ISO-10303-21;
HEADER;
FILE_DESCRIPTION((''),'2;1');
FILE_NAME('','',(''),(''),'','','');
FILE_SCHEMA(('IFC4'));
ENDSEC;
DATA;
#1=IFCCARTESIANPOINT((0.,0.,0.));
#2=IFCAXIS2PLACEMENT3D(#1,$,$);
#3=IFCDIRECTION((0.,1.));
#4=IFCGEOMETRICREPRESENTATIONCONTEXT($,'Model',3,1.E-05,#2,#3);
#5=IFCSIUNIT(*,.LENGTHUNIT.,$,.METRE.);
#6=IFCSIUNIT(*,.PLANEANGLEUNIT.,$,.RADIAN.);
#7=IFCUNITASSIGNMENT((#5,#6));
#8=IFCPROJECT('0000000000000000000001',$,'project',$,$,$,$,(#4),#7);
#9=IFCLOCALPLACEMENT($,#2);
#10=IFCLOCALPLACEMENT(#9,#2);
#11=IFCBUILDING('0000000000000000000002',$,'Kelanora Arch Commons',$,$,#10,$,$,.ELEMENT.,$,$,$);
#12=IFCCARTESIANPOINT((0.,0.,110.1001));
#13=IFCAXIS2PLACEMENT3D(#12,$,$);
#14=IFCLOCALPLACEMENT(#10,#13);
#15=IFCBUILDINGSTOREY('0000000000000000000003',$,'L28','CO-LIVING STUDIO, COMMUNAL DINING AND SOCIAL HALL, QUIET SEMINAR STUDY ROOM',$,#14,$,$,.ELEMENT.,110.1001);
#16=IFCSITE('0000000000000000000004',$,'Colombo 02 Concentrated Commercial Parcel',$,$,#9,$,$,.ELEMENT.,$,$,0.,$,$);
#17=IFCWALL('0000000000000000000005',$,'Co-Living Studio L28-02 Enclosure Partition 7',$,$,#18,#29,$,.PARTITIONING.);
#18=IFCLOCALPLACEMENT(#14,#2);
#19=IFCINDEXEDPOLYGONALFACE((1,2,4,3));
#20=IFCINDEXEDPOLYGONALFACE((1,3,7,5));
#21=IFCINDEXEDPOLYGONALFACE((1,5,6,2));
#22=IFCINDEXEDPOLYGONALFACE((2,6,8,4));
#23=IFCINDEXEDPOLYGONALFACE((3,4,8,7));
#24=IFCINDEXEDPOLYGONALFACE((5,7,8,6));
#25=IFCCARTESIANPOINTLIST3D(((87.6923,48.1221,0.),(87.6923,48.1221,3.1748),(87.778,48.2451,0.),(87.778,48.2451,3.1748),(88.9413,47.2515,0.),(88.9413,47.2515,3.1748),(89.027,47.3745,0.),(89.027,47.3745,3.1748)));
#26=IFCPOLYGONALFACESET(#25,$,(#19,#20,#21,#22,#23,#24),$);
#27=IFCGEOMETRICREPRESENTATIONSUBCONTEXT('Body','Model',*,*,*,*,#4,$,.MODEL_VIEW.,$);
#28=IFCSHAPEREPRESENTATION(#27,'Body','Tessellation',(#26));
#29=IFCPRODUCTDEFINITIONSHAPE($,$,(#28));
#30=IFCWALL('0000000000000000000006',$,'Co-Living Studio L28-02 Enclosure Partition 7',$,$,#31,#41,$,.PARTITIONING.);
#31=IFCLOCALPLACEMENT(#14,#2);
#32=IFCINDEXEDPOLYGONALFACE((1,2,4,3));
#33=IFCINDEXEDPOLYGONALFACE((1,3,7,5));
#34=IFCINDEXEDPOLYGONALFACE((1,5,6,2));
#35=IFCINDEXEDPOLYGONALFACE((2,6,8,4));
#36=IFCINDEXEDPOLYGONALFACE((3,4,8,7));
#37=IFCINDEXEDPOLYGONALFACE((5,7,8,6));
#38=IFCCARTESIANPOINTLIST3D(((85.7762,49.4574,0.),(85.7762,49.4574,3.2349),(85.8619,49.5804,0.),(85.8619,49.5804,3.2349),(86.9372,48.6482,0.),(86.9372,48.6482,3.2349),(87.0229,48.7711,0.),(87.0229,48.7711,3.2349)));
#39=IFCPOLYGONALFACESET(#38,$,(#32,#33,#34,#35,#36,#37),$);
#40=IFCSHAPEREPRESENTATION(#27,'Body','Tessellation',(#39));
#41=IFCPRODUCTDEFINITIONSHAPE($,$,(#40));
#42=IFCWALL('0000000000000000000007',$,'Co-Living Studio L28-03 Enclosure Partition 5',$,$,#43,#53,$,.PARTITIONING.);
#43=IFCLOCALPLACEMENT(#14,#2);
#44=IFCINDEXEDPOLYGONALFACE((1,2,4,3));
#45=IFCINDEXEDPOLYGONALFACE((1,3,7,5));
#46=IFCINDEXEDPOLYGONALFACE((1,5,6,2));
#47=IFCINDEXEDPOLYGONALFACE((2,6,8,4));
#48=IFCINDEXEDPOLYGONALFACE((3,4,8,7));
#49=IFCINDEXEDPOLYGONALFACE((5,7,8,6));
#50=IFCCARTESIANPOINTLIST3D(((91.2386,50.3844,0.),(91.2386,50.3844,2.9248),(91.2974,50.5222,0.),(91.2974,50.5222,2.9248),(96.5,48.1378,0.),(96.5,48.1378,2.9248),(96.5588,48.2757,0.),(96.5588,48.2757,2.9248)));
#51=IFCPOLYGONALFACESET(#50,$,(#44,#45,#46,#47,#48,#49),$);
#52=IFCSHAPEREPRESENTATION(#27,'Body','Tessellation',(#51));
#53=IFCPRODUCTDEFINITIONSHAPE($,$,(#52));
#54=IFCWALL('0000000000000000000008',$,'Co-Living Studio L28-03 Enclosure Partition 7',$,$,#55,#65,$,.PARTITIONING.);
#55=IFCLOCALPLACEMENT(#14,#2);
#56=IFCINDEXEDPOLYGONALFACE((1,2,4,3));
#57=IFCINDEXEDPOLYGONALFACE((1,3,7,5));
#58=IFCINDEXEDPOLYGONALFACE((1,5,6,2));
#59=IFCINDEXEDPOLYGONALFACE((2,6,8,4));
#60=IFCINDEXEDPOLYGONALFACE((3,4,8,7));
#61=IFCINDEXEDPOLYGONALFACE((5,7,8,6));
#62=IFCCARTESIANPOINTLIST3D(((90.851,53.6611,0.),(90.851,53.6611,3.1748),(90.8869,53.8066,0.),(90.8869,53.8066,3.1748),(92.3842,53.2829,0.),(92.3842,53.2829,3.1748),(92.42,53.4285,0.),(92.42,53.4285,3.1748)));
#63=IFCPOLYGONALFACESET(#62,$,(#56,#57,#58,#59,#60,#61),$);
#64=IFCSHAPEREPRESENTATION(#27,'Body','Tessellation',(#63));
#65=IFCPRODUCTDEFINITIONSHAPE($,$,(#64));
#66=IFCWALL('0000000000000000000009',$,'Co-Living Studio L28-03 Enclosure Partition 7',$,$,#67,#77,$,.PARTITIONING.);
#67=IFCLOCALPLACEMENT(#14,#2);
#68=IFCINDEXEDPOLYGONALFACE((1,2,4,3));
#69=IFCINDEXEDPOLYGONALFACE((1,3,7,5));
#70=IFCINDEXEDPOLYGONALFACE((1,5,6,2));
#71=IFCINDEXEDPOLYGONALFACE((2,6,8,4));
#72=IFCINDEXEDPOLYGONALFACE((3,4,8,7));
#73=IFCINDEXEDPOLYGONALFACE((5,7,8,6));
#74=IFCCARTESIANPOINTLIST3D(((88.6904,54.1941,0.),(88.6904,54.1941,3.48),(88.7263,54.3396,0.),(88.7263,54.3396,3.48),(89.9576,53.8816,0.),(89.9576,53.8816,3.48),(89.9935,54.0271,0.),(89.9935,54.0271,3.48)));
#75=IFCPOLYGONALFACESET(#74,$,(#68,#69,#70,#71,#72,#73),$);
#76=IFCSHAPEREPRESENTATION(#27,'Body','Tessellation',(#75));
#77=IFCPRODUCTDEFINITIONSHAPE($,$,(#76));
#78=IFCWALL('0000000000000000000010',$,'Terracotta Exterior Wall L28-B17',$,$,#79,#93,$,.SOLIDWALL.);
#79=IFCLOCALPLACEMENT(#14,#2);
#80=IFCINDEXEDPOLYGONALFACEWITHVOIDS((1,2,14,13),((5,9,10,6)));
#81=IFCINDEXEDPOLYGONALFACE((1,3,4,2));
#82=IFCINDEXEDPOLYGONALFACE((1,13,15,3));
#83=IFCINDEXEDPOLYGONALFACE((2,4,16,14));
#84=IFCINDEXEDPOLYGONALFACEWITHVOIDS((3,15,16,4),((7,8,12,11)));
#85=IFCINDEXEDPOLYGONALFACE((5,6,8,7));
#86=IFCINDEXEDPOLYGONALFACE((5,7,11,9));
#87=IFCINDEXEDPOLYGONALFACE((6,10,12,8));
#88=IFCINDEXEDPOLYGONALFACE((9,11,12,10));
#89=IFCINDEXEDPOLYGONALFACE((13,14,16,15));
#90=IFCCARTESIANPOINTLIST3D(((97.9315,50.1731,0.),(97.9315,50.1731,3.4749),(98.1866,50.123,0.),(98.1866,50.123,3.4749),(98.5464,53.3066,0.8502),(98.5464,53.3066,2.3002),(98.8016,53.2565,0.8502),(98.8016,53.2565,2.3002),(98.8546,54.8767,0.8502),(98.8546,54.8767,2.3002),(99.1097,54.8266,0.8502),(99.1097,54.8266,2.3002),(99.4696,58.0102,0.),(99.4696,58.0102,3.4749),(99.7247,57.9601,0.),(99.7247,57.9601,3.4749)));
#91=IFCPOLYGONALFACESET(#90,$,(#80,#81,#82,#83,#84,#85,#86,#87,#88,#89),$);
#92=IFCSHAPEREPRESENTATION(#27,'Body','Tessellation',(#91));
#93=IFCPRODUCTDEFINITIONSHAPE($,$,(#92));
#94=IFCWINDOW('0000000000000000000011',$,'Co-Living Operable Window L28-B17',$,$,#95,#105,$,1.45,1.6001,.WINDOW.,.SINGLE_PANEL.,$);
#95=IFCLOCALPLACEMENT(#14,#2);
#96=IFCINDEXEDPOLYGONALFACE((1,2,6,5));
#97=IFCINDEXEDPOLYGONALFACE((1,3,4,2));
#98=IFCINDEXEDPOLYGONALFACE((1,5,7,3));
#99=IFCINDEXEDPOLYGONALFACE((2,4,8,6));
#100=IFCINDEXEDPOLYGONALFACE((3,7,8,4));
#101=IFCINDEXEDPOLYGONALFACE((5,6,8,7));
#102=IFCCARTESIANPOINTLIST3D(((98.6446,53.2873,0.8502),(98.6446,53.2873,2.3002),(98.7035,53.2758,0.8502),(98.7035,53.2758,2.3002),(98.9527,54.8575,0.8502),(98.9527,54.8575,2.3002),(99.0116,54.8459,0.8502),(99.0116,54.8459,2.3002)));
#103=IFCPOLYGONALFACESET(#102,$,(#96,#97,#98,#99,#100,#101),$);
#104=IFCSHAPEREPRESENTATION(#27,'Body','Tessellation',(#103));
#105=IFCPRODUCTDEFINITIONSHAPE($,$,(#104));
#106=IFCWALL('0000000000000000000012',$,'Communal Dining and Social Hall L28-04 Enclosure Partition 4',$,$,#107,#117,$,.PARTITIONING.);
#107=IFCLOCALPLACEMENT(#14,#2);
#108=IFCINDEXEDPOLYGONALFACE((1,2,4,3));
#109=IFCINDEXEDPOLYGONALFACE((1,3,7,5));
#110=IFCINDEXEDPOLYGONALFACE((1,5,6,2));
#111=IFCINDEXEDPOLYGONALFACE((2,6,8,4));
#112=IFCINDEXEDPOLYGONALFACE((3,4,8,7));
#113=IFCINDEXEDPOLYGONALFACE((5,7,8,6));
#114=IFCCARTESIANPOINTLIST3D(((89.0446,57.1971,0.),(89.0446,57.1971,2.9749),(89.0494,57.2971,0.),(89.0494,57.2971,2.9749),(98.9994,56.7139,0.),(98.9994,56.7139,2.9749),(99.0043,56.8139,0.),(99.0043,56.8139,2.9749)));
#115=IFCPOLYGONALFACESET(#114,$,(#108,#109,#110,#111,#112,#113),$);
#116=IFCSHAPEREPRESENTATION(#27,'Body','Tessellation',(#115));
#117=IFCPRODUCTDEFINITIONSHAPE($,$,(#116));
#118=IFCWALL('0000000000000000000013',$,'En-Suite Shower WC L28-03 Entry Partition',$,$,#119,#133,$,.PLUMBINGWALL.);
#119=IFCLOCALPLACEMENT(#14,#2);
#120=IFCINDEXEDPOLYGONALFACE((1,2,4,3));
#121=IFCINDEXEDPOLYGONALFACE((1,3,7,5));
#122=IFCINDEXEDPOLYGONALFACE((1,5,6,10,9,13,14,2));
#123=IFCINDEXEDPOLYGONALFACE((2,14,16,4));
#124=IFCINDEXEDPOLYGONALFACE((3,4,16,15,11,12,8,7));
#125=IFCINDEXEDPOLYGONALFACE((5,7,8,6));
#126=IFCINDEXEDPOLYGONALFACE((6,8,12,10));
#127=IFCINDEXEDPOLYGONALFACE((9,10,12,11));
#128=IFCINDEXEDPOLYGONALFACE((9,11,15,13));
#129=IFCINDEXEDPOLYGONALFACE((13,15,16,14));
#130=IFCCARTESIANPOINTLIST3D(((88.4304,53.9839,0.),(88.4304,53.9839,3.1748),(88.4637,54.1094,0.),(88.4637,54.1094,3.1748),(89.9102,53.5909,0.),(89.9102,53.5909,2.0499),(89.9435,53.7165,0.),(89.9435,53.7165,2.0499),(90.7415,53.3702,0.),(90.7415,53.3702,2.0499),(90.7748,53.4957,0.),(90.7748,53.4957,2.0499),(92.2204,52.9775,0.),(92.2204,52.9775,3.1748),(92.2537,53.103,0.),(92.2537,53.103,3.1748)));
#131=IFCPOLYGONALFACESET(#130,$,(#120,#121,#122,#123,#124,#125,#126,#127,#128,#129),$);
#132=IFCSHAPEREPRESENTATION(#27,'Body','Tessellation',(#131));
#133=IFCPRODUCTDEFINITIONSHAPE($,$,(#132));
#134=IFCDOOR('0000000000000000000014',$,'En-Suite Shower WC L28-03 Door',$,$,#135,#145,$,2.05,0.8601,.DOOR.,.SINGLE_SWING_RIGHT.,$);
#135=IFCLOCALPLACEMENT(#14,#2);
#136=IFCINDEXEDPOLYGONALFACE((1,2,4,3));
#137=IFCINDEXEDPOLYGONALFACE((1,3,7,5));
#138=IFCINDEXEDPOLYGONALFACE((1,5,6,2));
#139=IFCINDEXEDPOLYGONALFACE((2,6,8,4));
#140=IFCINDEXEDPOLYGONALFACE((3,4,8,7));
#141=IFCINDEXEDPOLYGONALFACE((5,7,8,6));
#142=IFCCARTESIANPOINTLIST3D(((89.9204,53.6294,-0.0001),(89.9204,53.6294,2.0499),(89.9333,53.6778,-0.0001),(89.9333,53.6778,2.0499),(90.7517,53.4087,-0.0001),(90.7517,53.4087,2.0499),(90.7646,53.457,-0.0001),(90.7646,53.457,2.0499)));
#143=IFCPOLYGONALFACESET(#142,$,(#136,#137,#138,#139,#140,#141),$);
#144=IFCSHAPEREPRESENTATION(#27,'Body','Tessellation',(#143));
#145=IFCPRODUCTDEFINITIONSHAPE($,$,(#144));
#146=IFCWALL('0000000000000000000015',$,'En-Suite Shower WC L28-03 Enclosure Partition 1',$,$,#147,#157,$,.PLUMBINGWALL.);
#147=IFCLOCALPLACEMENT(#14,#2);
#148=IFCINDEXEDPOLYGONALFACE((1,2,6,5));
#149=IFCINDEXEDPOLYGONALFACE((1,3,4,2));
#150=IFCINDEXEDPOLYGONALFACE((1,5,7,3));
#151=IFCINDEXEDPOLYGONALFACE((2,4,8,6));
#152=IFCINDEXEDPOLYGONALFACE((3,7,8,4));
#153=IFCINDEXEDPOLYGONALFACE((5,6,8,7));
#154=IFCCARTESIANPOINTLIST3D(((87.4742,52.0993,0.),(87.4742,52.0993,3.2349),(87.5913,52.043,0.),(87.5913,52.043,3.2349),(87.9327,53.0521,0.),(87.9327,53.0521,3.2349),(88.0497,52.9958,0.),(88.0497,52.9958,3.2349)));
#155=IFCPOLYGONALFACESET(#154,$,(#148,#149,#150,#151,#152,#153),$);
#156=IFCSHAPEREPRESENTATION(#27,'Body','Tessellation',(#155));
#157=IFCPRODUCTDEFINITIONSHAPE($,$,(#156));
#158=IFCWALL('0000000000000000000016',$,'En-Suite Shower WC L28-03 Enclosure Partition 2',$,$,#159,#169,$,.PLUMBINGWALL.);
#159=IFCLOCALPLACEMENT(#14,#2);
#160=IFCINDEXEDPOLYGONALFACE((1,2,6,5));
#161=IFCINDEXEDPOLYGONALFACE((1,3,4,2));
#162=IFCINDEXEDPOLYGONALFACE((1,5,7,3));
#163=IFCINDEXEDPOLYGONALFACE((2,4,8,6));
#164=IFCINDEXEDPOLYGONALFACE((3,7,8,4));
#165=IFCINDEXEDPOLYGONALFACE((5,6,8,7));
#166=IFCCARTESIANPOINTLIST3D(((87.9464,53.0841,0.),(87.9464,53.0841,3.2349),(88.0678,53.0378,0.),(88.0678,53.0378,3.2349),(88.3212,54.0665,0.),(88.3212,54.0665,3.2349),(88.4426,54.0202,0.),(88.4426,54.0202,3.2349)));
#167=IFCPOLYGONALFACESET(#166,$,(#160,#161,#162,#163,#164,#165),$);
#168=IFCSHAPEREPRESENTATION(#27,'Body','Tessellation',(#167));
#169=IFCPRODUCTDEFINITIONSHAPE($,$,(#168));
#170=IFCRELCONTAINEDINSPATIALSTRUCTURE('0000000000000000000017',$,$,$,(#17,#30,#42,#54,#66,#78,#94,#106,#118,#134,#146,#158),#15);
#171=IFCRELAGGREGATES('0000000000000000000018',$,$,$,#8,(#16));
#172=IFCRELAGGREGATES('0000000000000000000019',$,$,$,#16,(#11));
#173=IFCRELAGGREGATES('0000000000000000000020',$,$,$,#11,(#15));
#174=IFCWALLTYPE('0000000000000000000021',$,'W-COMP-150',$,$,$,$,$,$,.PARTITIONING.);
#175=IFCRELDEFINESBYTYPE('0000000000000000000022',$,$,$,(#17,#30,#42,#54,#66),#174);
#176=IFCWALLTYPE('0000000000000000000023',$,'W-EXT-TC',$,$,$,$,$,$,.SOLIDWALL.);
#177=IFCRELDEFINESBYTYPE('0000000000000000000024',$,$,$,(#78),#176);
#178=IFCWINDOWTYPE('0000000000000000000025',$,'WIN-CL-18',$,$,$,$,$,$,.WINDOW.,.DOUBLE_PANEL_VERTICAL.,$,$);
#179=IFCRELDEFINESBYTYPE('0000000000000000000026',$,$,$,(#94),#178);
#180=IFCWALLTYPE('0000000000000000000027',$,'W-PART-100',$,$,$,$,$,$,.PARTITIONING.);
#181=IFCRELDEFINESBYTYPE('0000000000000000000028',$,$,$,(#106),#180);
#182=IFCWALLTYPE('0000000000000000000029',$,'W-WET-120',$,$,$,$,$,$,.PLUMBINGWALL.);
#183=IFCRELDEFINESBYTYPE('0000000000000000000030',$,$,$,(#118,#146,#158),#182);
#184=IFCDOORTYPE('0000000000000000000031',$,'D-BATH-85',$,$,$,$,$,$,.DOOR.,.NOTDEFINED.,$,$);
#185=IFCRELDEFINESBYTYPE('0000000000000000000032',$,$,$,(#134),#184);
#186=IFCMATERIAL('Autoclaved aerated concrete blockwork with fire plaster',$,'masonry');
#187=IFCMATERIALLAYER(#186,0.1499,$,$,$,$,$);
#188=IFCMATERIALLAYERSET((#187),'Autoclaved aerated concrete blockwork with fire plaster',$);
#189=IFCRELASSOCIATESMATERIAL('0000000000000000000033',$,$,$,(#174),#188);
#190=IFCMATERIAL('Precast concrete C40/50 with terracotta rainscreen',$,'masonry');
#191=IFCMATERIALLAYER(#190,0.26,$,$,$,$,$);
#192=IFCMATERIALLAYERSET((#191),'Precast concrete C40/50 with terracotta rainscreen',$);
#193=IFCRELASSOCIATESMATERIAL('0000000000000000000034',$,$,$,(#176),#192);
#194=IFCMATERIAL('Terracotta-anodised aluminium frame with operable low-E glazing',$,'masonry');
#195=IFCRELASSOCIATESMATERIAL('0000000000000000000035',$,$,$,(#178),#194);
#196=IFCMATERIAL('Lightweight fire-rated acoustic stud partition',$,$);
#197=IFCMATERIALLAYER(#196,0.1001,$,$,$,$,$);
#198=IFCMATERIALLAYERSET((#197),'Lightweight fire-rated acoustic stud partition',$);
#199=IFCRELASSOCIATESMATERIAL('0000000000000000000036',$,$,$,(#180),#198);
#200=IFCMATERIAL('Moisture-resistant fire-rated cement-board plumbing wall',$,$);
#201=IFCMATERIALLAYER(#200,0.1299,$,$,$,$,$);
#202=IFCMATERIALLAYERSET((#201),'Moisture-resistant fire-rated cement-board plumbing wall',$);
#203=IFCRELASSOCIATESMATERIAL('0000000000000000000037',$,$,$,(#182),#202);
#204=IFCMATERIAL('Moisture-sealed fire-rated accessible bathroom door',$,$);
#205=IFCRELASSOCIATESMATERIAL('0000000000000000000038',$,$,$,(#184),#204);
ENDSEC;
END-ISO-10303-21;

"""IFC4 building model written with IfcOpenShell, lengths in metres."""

from ifc_helpers import new_model, si_unit, direction, frame, frame_2d, origin, place, context, subcontext, project, spatial, rectangle, extrude, material, layer, layer_set, type_object, element, fill, save


model = new_model("IFC4")

# Units and contexts
model_context = context("Model", 3, precision=1e-05, world=origin(), true_north=direction((0.0, 1.0)))
body_context = subcontext(model_context, "Body", "Model", "MODEL_VIEW")
ifc_project = project(units=[si_unit("LENGTHUNIT", "METRE"), si_unit("PLANEANGLEUNIT", "RADIAN")], contexts=[model_context])

# Site, building, storey
site_placement = place(None, origin())
site = spatial("IfcSite", under=ifc_project, at=site_placement, Name="Colombo 02 Concentrated Commercial Parcel", CompositionType="ELEMENT", RefElevation=0.0)
building_placement = place(site_placement, origin())
building = spatial("IfcBuilding", under=site, at=building_placement, Name="Kelanora Arch Commons", CompositionType="ELEMENT")
storey_placement = place(building_placement, frame((0.0, 0.0, 110.1001)))
storey = spatial("IfcBuildingStorey", under=building, at=storey_placement, Name="L28", Description="CO-LIVING STUDIO, COMMUNAL DINING AND SOCIAL HALL, QUIET SEMINAR STUDY ROOM", CompositionType="ELEMENT", Elevation=110.1001)

# Shared definitions
ifc_material_1 = material(Name="Autoclaved aerated concrete blockwork with fire plaster", Category="masonry")
ifc_layer_1 = layer(ifc_material_1, 0.1499)
ifc_layer_set_1 = layer_set([ifc_layer_1], Name="Autoclaved aerated concrete blockwork with fire plaster")
wall_type_1 = type_object("IfcWallType", Name="W-COMP-150", PredefinedType="PARTITIONING", material=ifc_layer_set_1)

# Walls
wall_1_placement = place(storey_placement, frame((88.9841, 47.313, 0.0), z_axis=(0.0, 0.0, 1.0), x_axis=(-0.820375, 0.571825, 0.0)))
element("IfcWall", 1, at=wall_1_placement, inside=storey, type_object=wall_type_1, Name="Co-Living Studio L28-02 Enclosure Partition 7", PredefinedType="PARTITIONING", context=body_context, shape_type="SweptSolid", body=[
    extrude(rectangle(XDim=1.5225, YDim=0.1499, at=frame_2d((0.7612, 0.0))), origin(), (0.0, 0.0, 1.0), 3.1748),
])
wall_2_placement = place(storey_placement, frame((86.98, 48.7097, 0.0), z_axis=(0.0, 0.0, 1.0), x_axis=(-0.820381, 0.571817, 0.0)))
element("IfcWall", 2, at=wall_2_placement, inside=storey, type_object=wall_type_1, Name="Co-Living Studio L28-02 Enclosure Partition 7", PredefinedType="PARTITIONING", context=body_context, shape_type="SweptSolid", body=[
    extrude(rectangle(XDim=1.4153, YDim=0.1499, at=frame_2d((0.7075, 0.0))), origin(), (0.0, 0.0, 1.0), 3.2349),
])
wall_3_placement = place(storey_placement, frame((96.5293, 48.2068, 0.0), z_axis=(0.0, 0.0, 1.0), x_axis=(-0.919672, 0.392688, 0.0)))
element("IfcWall", 3, at=wall_3_placement, inside=storey, type_object=wall_type_1, Name="Co-Living Studio L28-03 Enclosure Partition 5", PredefinedType="PARTITIONING", context=body_context, shape_type="SweptSolid", body=[
    extrude(rectangle(XDim=5.7209, YDim=0.1499, at=frame_2d((2.8604, 0.0))), origin(), (0.0, 0.0, 1.0), 2.9248),
])
wall_4_placement = place(storey_placement, frame((92.4021, 53.3557, 0.0), z_axis=(0.0, 0.0, 1.0), x_axis=(-0.970902, 0.239479, 0.0)))
element("IfcWall", 4, at=wall_4_placement, inside=storey, type_object=wall_type_1, Name="Co-Living Studio L28-03 Enclosure Partition 7", PredefinedType="PARTITIONING", context=body_context, shape_type="SweptSolid", body=[
    extrude(rectangle(XDim=1.5791, YDim=0.1499, at=frame_2d((0.7896, 0.0))), origin(), (0.0, 0.0, 1.0), 3.1748),
])
wall_5_placement = place(storey_placement, frame((89.9756, 53.9543, 0.0), z_axis=(0.0, 0.0, 1.0), x_axis=(-0.970908, 0.239453, 0.0)))
element("IfcWall", 5, at=wall_5_placement, inside=storey, type_object=wall_type_1, Name="Co-Living Studio L28-03 Enclosure Partition 7", PredefinedType="PARTITIONING", context=body_context, shape_type="SweptSolid", body=[
    extrude(rectangle(XDim=1.3052, YDim=0.1499, at=frame_2d((0.6526, 0.0))), origin(), (0.0, 0.0, 1.0), 3.48),
])

# Wall, opening, window
ifc_material_2 = material(Name="Precast concrete C40/50 with terracotta rainscreen", Category="masonry")
ifc_layer_2 = layer(ifc_material_2, 0.26)
ifc_layer_set_2 = layer_set([ifc_layer_2], Name="Precast concrete C40/50 with terracotta rainscreen")
wall_type_2 = type_object("IfcWallType", Name="W-EXT-TC", PredefinedType="SOLIDWALL", material=ifc_layer_set_2)
wall_6_placement = place(storey_placement, frame((98.0591, 50.1482, 0.0), z_axis=(0.0, 0.0, 1.0), x_axis=(0.192582, 0.981281, 0.0)))
wall_6 = element("IfcWall", 6, at=wall_6_placement, inside=storey, type_object=wall_type_2, Name="Terracotta Exterior Wall L28-B17", PredefinedType="SOLIDWALL", context=body_context, shape_type="SweptSolid", body=[
    extrude(rectangle(XDim=7.9866, YDim=0.26, at=frame_2d((3.9932, 0.0))), origin(), (0.0, 0.0, 1.0), 3.4749),
])
opening_1_placement = place(wall_6_placement, frame((3.1931, 0.0, 0.8501)))
opening_1 = element("IfcOpeningElement", 7, at=opening_1_placement, cuts=wall_6, PredefinedType="OPENING", context=body_context, shape_type="SweptSolid", body=[
    extrude(rectangle(XDim=1.6001, YDim=1.45, at=frame_2d((0.8, 0.7251))), frame((0.0, 0.1401, 0.0), z_axis=(0.0, -1.0, 0.0), x_axis=(1.0, 0.0, 0.0)), (0.0, 0.0, 1.0), 0.28),
])
ifc_material_3 = material(Name="Terracotta-anodised aluminium frame with operable low-E glazing", Category="masonry")
window_type = type_object("IfcWindowType", Name="WIN-CL-18", PartitioningType="DOUBLE_PANEL_VERTICAL", PredefinedType="WINDOW", material=ifc_material_3)
window_placement = place(opening_1_placement, origin())
window = element("IfcWindow", 8, at=window_placement, inside=storey, type_object=window_type, Name="Co-Living Operable Window L28-B17", OverallHeight=1.45, OverallWidth=1.6001, PartitioningType="SINGLE_PANEL", PredefinedType="WINDOW", context=body_context, shape_type="SweptSolid", body=[
    extrude(rectangle(XDim=1.6001, YDim=1.45, at=frame_2d((0.8, 0.7251))), frame((0.0, 0.03, 0.0), z_axis=(0.0, -1.0, 0.0), x_axis=(1.0, 0.0, 0.0)), (0.0, 0.0, 1.0), 0.0601),
])
fill(opening_1, window)

# Wall
ifc_material_4 = material(Name="Lightweight fire-rated acoustic stud partition")
ifc_layer_3 = layer(ifc_material_4, 0.1001)
ifc_layer_set_3 = layer_set([ifc_layer_3], Name="Lightweight fire-rated acoustic stud partition")
wall_type_3 = type_object("IfcWallType", Name="W-PART-100", PredefinedType="PARTITIONING", material=ifc_layer_set_3)
wall_7_placement = place(storey_placement, frame((99.002, 56.7639, 0.0), z_axis=(0.0, 0.0, 1.0), x_axis=(-0.998824, 0.048478, 0.0)))
element("IfcWall", 9, at=wall_7_placement, inside=storey, type_object=wall_type_3, Name="Communal Dining and Social Hall L28-04 Enclosure Partition 4", PredefinedType="PARTITIONING", context=body_context, shape_type="SweptSolid", body=[
    extrude(rectangle(XDim=9.9666, YDim=0.1001, at=frame_2d((4.9834, 0.0))), origin(), (0.0, 0.0, 1.0), 2.9749),
])

# Wall, opening, door
ifc_material_5 = material(Name="Moisture-resistant fire-rated cement-board plumbing wall")
ifc_layer_4 = layer(ifc_material_5, 0.1299)
ifc_layer_set_4 = layer_set([ifc_layer_4], Name="Moisture-resistant fire-rated cement-board plumbing wall")
wall_type_4 = type_object("IfcWallType", Name="W-WET-120", PredefinedType="PLUMBINGWALL", material=ifc_layer_set_4)
wall_8_placement = place(storey_placement, frame((88.447, 54.0466, 0.0), z_axis=(0.0, 0.0, 1.0), x_axis=(0.966509, -0.256632, 0.0)))
wall_8 = element("IfcWall", 10, at=wall_8_placement, inside=storey, type_object=wall_type_4, Name="En-Suite Shower WC L28-03 Entry Partition", PredefinedType="PLUMBINGWALL", context=body_context, shape_type="SweptSolid", body=[
    extrude(rectangle(XDim=3.9214, YDim=0.1299, at=frame_2d((1.9607, 0.0))), origin(), (0.0, 0.0, 1.0), 3.1748),
])
opening_2_placement = place(wall_8_placement, frame((1.531, 0.0, 0.0)))
opening_2 = element("IfcOpeningElement", 11, at=opening_2_placement, cuts=wall_8, PredefinedType="OPENING", context=body_context, shape_type="SweptSolid", body=[
    extrude(rectangle(XDim=0.8601, YDim=2.05, at=frame_2d((0.4302, 1.0249))), frame((0.0, 0.075, 0.0), z_axis=(0.0, -1.0, 0.0), x_axis=(1.0, 0.0, 0.0)), (0.0, 0.0, 1.0), 0.1499),
])
ifc_material_6 = material(Name="Moisture-sealed fire-rated accessible bathroom door")
door_type_1 = type_object("IfcDoorType", Name="D-BATH-85", OperationType="NOTDEFINED", PredefinedType="DOOR", material=ifc_material_6)
door_1_placement = place(opening_2_placement, origin())
door_1 = element("IfcDoor", 12, at=door_1_placement, inside=storey, type_object=door_type_1, Name="En-Suite Shower WC L28-03 Door", OperationType="SINGLE_SWING_RIGHT", OverallHeight=2.05, OverallWidth=0.8601, PredefinedType="DOOR", context=body_context, shape_type="SweptSolid", body=[
    extrude(rectangle(XDim=0.8601, YDim=2.05, at=frame_2d((0.4302, 1.0249))), frame((0.0, 0.0249, 0.0), z_axis=(0.0, -1.0, 0.0), x_axis=(1.0, 0.0, 0.0)), (0.0, 0.0, 1.0), 0.05),
])
fill(opening_2, door_1)

# Walls
wall_9_placement = place(storey_placement, frame((87.5327, 52.071, 0.0), z_axis=(0.0, 0.0, 1.0), x_axis=(0.433587, 0.901112, 0.0)))
element("IfcWall", 13, at=wall_9_placement, inside=storey, type_object=wall_type_4, Name="En-Suite Shower WC L28-03 Enclosure Partition 1", PredefinedType="PLUMBINGWALL", context=body_context, shape_type="SweptSolid", body=[
    extrude(rectangle(XDim=1.0574, YDim=0.1299, at=frame_2d((0.5288, 0.0))), origin(), (0.0, 0.0, 1.0), 3.2349),
])
wall_10_placement = place(storey_placement, frame((88.0071, 53.0608, 0.0), z_axis=(0.0, 0.0, 1.0), x_axis=(0.35641, 0.934329, 0.0)))
element("IfcWall", 14, at=wall_10_placement, inside=storey, type_object=wall_type_4, Name="En-Suite Shower WC L28-03 Enclosure Partition 2", PredefinedType="PLUMBINGWALL", context=body_context, shape_type="SweptSolid", body=[
    extrude(rectangle(XDim=1.0515, YDim=0.1299, at=frame_2d((0.5259, 0.0))), origin(), (0.0, 0.0, 1.0), 3.2349),
])

save(model, "model.ifc")
